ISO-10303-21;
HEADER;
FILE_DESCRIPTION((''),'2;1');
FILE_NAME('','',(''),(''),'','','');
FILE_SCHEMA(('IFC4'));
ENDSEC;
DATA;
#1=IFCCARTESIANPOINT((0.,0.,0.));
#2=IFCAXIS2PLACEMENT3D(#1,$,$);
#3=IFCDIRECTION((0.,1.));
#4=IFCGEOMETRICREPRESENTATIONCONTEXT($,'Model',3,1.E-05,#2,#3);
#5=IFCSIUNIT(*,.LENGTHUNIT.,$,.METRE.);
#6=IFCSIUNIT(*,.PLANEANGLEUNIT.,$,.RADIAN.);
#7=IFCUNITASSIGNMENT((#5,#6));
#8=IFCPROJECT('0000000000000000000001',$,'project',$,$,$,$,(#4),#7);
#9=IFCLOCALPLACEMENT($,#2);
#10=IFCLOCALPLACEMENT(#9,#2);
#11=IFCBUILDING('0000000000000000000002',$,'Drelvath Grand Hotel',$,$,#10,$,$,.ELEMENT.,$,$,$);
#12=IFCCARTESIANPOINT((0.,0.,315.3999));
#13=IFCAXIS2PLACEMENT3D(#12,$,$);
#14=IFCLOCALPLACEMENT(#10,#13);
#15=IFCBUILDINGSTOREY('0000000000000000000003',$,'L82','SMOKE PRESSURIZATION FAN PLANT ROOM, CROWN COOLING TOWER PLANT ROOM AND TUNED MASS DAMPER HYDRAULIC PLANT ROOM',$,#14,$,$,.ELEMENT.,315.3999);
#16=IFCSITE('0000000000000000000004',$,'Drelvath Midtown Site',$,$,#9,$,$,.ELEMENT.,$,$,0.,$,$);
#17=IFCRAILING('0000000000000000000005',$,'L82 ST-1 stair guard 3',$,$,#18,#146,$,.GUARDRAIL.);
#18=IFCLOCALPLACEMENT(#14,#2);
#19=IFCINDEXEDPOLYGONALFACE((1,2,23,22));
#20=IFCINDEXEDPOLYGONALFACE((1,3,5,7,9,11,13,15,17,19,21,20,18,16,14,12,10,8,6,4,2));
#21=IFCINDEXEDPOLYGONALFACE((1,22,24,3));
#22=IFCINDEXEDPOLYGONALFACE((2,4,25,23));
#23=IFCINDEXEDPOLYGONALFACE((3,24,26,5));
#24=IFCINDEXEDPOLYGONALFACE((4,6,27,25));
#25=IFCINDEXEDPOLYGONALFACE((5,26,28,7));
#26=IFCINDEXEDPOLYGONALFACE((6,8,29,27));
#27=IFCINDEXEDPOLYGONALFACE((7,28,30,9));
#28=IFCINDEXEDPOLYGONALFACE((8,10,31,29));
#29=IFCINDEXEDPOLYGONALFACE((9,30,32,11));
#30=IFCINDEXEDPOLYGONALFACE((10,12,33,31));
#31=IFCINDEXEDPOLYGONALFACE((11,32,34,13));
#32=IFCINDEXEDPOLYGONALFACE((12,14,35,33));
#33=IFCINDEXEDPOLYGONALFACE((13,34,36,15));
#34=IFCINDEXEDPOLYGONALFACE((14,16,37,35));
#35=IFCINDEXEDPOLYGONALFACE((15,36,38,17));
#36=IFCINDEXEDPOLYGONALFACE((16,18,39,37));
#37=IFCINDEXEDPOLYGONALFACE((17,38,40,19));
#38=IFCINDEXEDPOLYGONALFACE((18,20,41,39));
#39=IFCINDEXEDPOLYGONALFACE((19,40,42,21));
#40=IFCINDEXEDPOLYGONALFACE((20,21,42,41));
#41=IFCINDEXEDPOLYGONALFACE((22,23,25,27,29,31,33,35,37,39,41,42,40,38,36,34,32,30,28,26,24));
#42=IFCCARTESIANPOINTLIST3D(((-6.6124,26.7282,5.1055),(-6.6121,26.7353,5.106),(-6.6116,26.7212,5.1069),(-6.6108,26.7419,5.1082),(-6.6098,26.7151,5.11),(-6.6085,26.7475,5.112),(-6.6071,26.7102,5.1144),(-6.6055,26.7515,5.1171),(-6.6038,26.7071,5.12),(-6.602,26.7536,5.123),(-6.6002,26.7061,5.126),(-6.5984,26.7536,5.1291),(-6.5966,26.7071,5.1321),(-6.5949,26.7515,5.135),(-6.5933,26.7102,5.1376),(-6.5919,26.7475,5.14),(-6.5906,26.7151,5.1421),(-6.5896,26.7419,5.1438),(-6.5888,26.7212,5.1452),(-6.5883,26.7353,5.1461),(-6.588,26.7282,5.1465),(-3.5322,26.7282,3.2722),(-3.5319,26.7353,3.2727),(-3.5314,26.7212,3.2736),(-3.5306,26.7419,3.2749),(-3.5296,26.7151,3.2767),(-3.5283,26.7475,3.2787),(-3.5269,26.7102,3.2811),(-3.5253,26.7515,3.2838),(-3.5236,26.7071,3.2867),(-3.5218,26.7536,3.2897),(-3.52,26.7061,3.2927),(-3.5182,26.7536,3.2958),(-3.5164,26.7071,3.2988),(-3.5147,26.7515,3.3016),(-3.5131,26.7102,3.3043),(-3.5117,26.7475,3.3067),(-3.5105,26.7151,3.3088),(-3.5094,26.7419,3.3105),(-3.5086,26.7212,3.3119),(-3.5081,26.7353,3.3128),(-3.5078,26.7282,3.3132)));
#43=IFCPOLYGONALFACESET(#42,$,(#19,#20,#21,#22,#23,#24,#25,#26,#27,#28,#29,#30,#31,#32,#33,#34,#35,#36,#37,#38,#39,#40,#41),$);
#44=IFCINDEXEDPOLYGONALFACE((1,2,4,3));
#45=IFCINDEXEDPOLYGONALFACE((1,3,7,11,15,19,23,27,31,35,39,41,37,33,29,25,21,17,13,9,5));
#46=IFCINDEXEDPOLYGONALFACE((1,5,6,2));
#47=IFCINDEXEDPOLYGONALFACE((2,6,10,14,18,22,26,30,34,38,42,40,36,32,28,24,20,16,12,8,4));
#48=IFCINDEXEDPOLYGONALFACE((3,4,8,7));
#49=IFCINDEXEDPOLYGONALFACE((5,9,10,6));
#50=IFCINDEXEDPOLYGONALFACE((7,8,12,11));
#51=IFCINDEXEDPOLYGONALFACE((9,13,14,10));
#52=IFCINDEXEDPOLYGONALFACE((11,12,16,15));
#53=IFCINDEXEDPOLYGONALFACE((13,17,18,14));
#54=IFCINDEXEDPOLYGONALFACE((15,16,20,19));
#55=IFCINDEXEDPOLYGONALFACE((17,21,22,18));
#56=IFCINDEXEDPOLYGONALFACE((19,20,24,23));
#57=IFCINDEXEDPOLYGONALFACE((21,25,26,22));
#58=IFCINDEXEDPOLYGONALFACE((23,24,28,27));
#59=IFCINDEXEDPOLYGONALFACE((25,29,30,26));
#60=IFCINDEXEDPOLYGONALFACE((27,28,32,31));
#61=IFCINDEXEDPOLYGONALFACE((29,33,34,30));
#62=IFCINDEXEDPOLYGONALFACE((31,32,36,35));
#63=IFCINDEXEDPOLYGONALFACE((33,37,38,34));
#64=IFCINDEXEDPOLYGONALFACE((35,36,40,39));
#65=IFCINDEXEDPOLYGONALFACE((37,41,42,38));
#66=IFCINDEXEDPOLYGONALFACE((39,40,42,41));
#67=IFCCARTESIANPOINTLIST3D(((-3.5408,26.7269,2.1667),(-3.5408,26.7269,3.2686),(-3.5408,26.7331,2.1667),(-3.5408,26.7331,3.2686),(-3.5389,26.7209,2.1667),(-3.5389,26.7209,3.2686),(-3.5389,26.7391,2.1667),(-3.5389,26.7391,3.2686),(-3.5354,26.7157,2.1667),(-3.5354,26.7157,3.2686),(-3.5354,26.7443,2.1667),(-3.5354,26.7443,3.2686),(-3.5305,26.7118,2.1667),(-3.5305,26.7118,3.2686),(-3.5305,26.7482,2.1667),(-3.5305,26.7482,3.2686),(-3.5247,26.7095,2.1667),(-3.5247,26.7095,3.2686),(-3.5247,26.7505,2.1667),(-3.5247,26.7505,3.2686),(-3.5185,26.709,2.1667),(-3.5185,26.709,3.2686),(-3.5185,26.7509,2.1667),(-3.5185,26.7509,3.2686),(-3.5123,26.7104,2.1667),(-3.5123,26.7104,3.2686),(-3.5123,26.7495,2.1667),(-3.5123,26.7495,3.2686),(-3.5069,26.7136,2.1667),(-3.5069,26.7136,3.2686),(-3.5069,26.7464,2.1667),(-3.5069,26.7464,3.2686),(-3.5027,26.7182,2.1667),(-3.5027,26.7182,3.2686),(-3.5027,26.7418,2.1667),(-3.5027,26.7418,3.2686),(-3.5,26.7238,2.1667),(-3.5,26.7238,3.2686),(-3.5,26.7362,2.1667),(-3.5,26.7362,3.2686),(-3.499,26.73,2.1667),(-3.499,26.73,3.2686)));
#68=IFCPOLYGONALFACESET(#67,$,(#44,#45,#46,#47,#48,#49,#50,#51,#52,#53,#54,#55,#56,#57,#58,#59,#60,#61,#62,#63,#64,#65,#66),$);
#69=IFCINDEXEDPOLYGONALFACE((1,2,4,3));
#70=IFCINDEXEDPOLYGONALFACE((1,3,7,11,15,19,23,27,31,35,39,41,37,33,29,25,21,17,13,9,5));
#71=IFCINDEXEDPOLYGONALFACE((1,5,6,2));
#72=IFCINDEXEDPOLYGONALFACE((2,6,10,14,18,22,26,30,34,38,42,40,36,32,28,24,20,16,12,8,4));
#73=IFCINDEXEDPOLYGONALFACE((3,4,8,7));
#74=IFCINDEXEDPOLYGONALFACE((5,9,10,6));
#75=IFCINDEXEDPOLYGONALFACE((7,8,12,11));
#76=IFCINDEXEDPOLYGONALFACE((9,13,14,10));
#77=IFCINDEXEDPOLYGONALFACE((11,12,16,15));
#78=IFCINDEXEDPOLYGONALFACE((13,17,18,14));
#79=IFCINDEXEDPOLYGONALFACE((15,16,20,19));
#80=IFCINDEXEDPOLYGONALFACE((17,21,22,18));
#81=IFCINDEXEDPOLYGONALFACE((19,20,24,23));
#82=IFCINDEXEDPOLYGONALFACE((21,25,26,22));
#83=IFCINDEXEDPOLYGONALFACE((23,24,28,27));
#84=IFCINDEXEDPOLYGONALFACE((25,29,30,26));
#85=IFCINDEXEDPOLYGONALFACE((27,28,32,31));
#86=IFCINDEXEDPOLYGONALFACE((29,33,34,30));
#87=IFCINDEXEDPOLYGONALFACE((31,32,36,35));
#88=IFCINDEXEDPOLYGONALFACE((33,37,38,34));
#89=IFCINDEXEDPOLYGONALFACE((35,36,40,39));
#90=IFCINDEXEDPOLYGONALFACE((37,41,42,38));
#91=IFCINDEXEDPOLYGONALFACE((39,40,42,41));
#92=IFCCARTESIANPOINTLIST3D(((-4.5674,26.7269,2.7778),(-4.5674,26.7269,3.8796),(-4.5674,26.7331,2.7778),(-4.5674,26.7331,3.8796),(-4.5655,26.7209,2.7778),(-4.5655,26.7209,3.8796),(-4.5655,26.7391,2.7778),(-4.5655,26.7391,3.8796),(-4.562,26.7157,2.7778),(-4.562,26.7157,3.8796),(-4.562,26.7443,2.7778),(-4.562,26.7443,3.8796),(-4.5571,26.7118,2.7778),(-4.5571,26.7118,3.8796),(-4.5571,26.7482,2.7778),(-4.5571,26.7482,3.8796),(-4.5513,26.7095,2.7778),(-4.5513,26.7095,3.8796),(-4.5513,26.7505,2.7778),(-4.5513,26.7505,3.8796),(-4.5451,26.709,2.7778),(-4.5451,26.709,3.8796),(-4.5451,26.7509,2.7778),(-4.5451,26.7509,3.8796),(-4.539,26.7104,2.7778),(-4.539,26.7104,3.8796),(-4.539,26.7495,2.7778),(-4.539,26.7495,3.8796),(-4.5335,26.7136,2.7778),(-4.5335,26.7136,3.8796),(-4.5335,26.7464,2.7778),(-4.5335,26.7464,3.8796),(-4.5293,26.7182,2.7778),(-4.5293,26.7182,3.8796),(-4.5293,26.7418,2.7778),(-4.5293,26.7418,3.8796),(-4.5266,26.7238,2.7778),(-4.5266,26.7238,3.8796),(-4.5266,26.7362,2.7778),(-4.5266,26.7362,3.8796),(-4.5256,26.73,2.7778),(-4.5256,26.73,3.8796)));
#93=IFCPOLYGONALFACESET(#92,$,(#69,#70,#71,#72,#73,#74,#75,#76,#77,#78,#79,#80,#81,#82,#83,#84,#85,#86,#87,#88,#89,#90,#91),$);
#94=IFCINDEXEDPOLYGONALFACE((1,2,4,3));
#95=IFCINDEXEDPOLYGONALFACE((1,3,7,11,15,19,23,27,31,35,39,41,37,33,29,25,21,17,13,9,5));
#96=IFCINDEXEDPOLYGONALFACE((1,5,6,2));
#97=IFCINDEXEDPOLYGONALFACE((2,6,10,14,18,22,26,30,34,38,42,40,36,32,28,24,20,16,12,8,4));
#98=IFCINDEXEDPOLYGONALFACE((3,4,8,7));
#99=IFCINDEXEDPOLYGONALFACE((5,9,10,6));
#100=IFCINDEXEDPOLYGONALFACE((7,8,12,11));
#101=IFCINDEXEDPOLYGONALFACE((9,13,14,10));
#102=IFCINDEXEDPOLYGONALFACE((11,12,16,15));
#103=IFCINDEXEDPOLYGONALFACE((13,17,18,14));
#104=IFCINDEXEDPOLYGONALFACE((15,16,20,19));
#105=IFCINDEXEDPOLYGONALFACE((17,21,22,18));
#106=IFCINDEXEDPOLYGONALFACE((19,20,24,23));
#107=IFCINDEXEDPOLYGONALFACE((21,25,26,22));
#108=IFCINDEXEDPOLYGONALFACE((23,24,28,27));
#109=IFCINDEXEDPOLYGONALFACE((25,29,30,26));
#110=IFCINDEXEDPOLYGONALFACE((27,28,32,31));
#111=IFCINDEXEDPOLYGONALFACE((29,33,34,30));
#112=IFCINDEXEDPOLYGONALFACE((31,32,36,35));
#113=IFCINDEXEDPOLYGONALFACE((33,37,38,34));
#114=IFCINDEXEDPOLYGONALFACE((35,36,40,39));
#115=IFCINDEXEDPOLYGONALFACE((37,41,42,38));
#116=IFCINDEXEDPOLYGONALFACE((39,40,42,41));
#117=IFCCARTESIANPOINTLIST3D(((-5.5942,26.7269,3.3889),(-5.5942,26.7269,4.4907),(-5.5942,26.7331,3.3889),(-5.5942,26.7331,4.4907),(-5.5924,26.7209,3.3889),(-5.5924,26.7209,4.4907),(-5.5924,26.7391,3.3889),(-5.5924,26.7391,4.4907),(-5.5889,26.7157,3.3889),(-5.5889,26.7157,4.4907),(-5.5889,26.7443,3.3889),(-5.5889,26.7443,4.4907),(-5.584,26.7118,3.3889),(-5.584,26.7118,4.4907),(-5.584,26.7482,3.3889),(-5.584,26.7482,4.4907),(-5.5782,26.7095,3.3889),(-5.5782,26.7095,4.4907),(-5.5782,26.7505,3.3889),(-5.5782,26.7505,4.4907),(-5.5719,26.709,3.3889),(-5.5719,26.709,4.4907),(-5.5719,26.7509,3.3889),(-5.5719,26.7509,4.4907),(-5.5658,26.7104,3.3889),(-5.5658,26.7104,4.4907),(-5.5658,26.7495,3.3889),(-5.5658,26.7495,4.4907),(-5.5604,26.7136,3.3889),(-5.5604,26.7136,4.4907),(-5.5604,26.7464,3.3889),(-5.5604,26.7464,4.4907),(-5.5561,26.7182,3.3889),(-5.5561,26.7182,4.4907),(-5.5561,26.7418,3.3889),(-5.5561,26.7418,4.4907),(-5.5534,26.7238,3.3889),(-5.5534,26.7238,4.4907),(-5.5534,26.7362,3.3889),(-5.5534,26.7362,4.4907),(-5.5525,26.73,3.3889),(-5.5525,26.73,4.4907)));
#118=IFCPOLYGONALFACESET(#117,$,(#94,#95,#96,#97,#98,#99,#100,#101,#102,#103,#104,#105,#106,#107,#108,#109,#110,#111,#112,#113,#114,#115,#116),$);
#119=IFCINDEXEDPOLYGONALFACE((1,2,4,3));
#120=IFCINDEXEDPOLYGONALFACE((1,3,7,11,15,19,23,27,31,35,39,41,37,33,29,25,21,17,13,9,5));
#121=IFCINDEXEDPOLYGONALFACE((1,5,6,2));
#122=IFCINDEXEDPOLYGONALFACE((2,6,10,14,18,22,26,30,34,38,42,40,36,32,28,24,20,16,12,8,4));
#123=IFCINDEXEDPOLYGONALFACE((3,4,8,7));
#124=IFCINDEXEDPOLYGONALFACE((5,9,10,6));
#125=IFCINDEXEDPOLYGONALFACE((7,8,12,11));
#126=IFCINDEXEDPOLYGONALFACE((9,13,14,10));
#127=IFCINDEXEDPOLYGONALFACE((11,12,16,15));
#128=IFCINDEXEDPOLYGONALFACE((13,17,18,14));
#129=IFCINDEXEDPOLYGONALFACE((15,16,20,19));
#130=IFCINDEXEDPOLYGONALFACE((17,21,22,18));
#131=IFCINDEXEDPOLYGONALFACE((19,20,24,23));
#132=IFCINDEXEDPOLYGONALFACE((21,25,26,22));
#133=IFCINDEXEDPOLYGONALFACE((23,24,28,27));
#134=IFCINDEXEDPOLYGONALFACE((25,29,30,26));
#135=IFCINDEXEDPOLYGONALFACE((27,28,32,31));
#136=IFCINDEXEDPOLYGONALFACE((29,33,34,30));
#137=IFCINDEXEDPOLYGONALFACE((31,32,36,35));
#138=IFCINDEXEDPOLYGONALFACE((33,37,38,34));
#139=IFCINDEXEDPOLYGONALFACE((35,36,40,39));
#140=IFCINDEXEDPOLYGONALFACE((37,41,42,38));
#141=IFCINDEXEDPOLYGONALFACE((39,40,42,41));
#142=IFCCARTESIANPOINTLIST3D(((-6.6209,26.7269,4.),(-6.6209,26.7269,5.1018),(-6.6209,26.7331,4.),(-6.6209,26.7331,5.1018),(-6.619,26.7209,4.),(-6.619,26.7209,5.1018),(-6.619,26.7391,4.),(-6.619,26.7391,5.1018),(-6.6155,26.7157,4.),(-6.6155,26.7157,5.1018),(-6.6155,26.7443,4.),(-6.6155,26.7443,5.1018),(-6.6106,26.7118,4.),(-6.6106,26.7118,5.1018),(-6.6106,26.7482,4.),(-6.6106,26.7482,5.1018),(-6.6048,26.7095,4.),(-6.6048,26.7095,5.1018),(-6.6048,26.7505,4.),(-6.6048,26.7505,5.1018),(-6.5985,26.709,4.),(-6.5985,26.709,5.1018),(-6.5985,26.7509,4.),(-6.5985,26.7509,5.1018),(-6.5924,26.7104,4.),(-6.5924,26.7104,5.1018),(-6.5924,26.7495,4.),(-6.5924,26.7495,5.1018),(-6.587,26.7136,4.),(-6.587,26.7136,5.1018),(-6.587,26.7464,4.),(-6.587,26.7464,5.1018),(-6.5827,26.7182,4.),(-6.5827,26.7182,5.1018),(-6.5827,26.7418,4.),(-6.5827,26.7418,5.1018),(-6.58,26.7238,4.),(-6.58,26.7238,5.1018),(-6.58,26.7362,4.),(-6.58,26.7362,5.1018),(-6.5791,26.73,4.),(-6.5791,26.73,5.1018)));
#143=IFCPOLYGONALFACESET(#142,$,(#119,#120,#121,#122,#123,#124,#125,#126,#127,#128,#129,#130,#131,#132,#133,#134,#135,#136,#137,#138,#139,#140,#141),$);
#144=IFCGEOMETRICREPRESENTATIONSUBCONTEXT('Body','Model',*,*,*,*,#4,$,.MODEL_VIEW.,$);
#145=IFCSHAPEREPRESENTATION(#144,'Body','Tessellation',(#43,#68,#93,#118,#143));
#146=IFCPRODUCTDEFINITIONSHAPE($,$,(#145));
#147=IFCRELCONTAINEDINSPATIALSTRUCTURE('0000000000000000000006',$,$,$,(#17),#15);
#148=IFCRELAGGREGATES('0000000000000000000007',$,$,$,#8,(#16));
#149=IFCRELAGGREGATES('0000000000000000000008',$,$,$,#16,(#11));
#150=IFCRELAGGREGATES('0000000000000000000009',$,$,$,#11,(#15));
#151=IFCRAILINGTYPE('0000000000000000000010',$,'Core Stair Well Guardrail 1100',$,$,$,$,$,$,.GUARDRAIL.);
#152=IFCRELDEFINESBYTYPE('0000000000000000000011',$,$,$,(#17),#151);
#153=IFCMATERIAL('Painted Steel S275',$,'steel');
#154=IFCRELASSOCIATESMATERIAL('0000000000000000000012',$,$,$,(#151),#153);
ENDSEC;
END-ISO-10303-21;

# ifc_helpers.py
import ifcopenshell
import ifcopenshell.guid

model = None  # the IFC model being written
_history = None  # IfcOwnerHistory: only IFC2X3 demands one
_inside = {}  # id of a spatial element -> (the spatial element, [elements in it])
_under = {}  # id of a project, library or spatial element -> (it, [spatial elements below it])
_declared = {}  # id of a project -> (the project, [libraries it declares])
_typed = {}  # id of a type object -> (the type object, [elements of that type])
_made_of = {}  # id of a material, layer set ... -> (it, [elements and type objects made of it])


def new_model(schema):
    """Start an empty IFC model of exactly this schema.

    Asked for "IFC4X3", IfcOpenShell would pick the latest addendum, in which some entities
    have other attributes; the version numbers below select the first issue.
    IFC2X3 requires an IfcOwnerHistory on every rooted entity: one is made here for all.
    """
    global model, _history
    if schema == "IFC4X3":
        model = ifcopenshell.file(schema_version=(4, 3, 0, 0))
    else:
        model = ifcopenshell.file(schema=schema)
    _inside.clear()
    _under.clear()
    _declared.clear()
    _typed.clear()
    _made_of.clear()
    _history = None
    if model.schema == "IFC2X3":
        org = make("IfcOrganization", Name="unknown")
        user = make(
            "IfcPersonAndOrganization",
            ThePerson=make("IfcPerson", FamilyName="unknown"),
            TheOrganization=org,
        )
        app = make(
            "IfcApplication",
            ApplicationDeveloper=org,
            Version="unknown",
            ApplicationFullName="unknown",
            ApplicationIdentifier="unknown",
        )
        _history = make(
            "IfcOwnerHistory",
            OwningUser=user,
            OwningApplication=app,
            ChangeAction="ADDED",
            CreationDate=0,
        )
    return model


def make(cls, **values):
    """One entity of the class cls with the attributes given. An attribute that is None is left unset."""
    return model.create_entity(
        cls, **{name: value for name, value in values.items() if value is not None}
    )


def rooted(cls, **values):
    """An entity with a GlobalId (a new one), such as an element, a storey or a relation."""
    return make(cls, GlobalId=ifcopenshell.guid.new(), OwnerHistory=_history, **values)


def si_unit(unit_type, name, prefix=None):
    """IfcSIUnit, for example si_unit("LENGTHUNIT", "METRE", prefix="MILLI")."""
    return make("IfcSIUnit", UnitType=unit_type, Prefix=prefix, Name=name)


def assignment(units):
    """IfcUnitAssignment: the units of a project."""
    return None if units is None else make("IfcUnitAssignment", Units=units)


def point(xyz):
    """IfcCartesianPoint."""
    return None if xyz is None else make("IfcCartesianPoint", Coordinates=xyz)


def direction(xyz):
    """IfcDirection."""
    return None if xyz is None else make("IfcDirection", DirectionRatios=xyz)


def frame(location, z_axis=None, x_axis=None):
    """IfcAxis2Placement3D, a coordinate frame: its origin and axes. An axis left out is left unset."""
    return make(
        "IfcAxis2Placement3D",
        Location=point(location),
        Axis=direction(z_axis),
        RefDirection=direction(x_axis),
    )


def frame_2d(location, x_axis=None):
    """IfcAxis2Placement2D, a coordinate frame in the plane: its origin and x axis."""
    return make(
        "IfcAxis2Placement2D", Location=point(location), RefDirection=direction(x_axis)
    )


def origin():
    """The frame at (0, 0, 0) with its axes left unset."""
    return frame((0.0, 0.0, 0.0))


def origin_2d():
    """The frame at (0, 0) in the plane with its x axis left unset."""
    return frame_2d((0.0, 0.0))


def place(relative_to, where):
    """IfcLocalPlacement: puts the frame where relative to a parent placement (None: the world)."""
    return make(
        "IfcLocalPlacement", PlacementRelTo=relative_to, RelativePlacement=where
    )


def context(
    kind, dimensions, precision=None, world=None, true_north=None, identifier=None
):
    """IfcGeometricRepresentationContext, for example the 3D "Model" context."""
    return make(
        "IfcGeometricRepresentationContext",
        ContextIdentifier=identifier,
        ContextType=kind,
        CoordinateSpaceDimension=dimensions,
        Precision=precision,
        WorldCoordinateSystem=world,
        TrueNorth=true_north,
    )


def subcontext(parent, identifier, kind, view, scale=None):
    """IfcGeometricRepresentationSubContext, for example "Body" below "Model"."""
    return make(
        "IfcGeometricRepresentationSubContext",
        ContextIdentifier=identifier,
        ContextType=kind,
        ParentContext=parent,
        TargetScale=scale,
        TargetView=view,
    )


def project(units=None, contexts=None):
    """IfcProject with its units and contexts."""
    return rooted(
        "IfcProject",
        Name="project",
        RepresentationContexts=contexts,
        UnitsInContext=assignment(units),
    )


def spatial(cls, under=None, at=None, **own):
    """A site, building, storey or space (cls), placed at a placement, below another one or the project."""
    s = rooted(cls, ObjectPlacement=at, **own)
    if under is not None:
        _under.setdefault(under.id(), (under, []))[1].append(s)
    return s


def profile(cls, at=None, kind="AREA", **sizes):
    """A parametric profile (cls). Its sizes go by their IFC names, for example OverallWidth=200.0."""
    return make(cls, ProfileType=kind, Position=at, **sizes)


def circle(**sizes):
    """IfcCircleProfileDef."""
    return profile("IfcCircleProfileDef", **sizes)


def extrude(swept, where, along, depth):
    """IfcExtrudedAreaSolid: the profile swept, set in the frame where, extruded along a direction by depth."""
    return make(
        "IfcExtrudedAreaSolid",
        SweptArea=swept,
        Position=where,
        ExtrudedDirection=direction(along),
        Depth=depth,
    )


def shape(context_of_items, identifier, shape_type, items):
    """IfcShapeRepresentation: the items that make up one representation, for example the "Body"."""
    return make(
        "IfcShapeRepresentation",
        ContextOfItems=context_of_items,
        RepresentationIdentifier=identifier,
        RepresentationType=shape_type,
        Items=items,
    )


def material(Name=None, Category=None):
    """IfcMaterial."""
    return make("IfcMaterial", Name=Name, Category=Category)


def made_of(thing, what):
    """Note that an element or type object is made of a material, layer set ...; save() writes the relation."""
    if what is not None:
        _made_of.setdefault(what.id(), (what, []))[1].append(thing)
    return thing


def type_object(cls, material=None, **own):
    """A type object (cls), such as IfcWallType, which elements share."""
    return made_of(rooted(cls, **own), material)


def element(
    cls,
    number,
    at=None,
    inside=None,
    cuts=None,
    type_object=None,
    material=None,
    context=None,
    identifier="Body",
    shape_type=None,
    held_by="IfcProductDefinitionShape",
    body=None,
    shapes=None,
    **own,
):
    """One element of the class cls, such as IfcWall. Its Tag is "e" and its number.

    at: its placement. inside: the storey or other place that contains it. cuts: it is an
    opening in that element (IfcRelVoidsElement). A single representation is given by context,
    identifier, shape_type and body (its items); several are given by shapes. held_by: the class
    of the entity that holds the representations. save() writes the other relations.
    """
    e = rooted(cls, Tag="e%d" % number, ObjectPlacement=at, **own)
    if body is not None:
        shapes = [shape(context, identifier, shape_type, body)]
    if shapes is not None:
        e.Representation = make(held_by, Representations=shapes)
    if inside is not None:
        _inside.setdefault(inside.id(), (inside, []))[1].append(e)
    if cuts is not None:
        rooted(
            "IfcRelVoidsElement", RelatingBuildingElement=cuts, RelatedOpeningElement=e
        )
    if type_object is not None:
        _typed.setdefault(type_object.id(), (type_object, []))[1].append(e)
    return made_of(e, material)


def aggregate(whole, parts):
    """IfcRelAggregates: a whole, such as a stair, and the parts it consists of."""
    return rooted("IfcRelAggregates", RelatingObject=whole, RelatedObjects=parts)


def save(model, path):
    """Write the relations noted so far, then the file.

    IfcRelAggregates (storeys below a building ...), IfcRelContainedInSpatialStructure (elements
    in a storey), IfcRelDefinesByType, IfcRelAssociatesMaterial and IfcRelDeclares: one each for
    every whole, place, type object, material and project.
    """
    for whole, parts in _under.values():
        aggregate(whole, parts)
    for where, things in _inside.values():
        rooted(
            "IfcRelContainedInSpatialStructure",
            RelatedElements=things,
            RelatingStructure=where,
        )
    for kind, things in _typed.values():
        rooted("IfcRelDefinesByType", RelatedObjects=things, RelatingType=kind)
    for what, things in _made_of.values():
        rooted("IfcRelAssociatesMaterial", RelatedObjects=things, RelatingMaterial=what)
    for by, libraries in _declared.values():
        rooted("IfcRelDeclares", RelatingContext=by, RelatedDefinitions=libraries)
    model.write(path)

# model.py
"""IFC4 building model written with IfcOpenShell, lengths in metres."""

from ifc_helpers import new_model, si_unit, direction, frame, origin, origin_2d, place, context, subcontext, project, spatial, circle, extrude, material, type_object, element, save


model = new_model("IFC4")

# Units and contexts
model_context = context("Model", 3, precision=1e-05, world=origin(), true_north=direction((0.0, 1.0)))
body_context = subcontext(model_context, "Body", "Model", "MODEL_VIEW")
ifc_project = project(units=[si_unit("LENGTHUNIT", "METRE"), si_unit("PLANEANGLEUNIT", "RADIAN")], contexts=[model_context])

# Site, building, storey
site_placement = place(None, origin())
site = spatial("IfcSite", under=ifc_project, at=site_placement, Name="Drelvath Midtown Site", CompositionType="ELEMENT", RefElevation=0.0)
building_placement = place(site_placement, origin())
building = spatial("IfcBuilding", under=site, at=building_placement, Name="Drelvath Grand Hotel", CompositionType="ELEMENT")
storey_placement = place(building_placement, frame((0.0, 0.0, 315.3999)))
storey = spatial("IfcBuildingStorey", under=building, at=storey_placement, Name="L82", Description="SMOKE PRESSURIZATION FAN PLANT ROOM, CROWN COOLING TOWER PLANT ROOM AND TUNED MASS DAMPER HYDRAULIC PLANT ROOM", CompositionType="ELEMENT", Elevation=315.3999)

# Shared definitions
ifc_material_1 = material(Name="Painted Steel S275", Category="steel")

# Railing
railing_type_1 = type_object("IfcRailingType", Name="Core Stair Well Guardrail 1100", PredefinedType="GUARDRAIL", material=ifc_material_1)
railing_1_placement = place(storey_placement, frame((-3.52, 26.73, 2.1667)))
element("IfcRailing", 1, at=railing_1_placement, inside=storey, type_object=railing_type_1, Name="L82 ST-1 stair guard 3", PredefinedType="GUARDRAIL", context=body_context, shape_type="SweptSolid", body=[
    extrude(circle(Radius=0.0239, at=origin_2d()), frame((0.0, 0.0, 1.126), z_axis=(-0.859309, 0.0, 0.511458), x_axis=(0.0, -1.0, 0.0)), (0.0, 0.0, 1.0), 3.5845),
    extrude(circle(Radius=0.021, at=origin_2d()), origin(), (0.0, 0.0, 1.0), 1.1018),
    extrude(circle(Radius=0.021, at=origin_2d()), frame((-1.0266, 0.0, 0.6111)), (0.0, 0.0, 1.0), 1.1018),
    extrude(circle(Radius=0.021, at=origin_2d()), frame((-2.0535, 0.0, 1.2222)), (0.0, 0.0, 1.0), 1.1018),
    extrude(circle(Radius=0.021, at=origin_2d()), frame((-3.0801, 0.0, 1.8333)), (0.0, 0.0, 1.0), 1.1018),
])

save(model, "model.ifc")
